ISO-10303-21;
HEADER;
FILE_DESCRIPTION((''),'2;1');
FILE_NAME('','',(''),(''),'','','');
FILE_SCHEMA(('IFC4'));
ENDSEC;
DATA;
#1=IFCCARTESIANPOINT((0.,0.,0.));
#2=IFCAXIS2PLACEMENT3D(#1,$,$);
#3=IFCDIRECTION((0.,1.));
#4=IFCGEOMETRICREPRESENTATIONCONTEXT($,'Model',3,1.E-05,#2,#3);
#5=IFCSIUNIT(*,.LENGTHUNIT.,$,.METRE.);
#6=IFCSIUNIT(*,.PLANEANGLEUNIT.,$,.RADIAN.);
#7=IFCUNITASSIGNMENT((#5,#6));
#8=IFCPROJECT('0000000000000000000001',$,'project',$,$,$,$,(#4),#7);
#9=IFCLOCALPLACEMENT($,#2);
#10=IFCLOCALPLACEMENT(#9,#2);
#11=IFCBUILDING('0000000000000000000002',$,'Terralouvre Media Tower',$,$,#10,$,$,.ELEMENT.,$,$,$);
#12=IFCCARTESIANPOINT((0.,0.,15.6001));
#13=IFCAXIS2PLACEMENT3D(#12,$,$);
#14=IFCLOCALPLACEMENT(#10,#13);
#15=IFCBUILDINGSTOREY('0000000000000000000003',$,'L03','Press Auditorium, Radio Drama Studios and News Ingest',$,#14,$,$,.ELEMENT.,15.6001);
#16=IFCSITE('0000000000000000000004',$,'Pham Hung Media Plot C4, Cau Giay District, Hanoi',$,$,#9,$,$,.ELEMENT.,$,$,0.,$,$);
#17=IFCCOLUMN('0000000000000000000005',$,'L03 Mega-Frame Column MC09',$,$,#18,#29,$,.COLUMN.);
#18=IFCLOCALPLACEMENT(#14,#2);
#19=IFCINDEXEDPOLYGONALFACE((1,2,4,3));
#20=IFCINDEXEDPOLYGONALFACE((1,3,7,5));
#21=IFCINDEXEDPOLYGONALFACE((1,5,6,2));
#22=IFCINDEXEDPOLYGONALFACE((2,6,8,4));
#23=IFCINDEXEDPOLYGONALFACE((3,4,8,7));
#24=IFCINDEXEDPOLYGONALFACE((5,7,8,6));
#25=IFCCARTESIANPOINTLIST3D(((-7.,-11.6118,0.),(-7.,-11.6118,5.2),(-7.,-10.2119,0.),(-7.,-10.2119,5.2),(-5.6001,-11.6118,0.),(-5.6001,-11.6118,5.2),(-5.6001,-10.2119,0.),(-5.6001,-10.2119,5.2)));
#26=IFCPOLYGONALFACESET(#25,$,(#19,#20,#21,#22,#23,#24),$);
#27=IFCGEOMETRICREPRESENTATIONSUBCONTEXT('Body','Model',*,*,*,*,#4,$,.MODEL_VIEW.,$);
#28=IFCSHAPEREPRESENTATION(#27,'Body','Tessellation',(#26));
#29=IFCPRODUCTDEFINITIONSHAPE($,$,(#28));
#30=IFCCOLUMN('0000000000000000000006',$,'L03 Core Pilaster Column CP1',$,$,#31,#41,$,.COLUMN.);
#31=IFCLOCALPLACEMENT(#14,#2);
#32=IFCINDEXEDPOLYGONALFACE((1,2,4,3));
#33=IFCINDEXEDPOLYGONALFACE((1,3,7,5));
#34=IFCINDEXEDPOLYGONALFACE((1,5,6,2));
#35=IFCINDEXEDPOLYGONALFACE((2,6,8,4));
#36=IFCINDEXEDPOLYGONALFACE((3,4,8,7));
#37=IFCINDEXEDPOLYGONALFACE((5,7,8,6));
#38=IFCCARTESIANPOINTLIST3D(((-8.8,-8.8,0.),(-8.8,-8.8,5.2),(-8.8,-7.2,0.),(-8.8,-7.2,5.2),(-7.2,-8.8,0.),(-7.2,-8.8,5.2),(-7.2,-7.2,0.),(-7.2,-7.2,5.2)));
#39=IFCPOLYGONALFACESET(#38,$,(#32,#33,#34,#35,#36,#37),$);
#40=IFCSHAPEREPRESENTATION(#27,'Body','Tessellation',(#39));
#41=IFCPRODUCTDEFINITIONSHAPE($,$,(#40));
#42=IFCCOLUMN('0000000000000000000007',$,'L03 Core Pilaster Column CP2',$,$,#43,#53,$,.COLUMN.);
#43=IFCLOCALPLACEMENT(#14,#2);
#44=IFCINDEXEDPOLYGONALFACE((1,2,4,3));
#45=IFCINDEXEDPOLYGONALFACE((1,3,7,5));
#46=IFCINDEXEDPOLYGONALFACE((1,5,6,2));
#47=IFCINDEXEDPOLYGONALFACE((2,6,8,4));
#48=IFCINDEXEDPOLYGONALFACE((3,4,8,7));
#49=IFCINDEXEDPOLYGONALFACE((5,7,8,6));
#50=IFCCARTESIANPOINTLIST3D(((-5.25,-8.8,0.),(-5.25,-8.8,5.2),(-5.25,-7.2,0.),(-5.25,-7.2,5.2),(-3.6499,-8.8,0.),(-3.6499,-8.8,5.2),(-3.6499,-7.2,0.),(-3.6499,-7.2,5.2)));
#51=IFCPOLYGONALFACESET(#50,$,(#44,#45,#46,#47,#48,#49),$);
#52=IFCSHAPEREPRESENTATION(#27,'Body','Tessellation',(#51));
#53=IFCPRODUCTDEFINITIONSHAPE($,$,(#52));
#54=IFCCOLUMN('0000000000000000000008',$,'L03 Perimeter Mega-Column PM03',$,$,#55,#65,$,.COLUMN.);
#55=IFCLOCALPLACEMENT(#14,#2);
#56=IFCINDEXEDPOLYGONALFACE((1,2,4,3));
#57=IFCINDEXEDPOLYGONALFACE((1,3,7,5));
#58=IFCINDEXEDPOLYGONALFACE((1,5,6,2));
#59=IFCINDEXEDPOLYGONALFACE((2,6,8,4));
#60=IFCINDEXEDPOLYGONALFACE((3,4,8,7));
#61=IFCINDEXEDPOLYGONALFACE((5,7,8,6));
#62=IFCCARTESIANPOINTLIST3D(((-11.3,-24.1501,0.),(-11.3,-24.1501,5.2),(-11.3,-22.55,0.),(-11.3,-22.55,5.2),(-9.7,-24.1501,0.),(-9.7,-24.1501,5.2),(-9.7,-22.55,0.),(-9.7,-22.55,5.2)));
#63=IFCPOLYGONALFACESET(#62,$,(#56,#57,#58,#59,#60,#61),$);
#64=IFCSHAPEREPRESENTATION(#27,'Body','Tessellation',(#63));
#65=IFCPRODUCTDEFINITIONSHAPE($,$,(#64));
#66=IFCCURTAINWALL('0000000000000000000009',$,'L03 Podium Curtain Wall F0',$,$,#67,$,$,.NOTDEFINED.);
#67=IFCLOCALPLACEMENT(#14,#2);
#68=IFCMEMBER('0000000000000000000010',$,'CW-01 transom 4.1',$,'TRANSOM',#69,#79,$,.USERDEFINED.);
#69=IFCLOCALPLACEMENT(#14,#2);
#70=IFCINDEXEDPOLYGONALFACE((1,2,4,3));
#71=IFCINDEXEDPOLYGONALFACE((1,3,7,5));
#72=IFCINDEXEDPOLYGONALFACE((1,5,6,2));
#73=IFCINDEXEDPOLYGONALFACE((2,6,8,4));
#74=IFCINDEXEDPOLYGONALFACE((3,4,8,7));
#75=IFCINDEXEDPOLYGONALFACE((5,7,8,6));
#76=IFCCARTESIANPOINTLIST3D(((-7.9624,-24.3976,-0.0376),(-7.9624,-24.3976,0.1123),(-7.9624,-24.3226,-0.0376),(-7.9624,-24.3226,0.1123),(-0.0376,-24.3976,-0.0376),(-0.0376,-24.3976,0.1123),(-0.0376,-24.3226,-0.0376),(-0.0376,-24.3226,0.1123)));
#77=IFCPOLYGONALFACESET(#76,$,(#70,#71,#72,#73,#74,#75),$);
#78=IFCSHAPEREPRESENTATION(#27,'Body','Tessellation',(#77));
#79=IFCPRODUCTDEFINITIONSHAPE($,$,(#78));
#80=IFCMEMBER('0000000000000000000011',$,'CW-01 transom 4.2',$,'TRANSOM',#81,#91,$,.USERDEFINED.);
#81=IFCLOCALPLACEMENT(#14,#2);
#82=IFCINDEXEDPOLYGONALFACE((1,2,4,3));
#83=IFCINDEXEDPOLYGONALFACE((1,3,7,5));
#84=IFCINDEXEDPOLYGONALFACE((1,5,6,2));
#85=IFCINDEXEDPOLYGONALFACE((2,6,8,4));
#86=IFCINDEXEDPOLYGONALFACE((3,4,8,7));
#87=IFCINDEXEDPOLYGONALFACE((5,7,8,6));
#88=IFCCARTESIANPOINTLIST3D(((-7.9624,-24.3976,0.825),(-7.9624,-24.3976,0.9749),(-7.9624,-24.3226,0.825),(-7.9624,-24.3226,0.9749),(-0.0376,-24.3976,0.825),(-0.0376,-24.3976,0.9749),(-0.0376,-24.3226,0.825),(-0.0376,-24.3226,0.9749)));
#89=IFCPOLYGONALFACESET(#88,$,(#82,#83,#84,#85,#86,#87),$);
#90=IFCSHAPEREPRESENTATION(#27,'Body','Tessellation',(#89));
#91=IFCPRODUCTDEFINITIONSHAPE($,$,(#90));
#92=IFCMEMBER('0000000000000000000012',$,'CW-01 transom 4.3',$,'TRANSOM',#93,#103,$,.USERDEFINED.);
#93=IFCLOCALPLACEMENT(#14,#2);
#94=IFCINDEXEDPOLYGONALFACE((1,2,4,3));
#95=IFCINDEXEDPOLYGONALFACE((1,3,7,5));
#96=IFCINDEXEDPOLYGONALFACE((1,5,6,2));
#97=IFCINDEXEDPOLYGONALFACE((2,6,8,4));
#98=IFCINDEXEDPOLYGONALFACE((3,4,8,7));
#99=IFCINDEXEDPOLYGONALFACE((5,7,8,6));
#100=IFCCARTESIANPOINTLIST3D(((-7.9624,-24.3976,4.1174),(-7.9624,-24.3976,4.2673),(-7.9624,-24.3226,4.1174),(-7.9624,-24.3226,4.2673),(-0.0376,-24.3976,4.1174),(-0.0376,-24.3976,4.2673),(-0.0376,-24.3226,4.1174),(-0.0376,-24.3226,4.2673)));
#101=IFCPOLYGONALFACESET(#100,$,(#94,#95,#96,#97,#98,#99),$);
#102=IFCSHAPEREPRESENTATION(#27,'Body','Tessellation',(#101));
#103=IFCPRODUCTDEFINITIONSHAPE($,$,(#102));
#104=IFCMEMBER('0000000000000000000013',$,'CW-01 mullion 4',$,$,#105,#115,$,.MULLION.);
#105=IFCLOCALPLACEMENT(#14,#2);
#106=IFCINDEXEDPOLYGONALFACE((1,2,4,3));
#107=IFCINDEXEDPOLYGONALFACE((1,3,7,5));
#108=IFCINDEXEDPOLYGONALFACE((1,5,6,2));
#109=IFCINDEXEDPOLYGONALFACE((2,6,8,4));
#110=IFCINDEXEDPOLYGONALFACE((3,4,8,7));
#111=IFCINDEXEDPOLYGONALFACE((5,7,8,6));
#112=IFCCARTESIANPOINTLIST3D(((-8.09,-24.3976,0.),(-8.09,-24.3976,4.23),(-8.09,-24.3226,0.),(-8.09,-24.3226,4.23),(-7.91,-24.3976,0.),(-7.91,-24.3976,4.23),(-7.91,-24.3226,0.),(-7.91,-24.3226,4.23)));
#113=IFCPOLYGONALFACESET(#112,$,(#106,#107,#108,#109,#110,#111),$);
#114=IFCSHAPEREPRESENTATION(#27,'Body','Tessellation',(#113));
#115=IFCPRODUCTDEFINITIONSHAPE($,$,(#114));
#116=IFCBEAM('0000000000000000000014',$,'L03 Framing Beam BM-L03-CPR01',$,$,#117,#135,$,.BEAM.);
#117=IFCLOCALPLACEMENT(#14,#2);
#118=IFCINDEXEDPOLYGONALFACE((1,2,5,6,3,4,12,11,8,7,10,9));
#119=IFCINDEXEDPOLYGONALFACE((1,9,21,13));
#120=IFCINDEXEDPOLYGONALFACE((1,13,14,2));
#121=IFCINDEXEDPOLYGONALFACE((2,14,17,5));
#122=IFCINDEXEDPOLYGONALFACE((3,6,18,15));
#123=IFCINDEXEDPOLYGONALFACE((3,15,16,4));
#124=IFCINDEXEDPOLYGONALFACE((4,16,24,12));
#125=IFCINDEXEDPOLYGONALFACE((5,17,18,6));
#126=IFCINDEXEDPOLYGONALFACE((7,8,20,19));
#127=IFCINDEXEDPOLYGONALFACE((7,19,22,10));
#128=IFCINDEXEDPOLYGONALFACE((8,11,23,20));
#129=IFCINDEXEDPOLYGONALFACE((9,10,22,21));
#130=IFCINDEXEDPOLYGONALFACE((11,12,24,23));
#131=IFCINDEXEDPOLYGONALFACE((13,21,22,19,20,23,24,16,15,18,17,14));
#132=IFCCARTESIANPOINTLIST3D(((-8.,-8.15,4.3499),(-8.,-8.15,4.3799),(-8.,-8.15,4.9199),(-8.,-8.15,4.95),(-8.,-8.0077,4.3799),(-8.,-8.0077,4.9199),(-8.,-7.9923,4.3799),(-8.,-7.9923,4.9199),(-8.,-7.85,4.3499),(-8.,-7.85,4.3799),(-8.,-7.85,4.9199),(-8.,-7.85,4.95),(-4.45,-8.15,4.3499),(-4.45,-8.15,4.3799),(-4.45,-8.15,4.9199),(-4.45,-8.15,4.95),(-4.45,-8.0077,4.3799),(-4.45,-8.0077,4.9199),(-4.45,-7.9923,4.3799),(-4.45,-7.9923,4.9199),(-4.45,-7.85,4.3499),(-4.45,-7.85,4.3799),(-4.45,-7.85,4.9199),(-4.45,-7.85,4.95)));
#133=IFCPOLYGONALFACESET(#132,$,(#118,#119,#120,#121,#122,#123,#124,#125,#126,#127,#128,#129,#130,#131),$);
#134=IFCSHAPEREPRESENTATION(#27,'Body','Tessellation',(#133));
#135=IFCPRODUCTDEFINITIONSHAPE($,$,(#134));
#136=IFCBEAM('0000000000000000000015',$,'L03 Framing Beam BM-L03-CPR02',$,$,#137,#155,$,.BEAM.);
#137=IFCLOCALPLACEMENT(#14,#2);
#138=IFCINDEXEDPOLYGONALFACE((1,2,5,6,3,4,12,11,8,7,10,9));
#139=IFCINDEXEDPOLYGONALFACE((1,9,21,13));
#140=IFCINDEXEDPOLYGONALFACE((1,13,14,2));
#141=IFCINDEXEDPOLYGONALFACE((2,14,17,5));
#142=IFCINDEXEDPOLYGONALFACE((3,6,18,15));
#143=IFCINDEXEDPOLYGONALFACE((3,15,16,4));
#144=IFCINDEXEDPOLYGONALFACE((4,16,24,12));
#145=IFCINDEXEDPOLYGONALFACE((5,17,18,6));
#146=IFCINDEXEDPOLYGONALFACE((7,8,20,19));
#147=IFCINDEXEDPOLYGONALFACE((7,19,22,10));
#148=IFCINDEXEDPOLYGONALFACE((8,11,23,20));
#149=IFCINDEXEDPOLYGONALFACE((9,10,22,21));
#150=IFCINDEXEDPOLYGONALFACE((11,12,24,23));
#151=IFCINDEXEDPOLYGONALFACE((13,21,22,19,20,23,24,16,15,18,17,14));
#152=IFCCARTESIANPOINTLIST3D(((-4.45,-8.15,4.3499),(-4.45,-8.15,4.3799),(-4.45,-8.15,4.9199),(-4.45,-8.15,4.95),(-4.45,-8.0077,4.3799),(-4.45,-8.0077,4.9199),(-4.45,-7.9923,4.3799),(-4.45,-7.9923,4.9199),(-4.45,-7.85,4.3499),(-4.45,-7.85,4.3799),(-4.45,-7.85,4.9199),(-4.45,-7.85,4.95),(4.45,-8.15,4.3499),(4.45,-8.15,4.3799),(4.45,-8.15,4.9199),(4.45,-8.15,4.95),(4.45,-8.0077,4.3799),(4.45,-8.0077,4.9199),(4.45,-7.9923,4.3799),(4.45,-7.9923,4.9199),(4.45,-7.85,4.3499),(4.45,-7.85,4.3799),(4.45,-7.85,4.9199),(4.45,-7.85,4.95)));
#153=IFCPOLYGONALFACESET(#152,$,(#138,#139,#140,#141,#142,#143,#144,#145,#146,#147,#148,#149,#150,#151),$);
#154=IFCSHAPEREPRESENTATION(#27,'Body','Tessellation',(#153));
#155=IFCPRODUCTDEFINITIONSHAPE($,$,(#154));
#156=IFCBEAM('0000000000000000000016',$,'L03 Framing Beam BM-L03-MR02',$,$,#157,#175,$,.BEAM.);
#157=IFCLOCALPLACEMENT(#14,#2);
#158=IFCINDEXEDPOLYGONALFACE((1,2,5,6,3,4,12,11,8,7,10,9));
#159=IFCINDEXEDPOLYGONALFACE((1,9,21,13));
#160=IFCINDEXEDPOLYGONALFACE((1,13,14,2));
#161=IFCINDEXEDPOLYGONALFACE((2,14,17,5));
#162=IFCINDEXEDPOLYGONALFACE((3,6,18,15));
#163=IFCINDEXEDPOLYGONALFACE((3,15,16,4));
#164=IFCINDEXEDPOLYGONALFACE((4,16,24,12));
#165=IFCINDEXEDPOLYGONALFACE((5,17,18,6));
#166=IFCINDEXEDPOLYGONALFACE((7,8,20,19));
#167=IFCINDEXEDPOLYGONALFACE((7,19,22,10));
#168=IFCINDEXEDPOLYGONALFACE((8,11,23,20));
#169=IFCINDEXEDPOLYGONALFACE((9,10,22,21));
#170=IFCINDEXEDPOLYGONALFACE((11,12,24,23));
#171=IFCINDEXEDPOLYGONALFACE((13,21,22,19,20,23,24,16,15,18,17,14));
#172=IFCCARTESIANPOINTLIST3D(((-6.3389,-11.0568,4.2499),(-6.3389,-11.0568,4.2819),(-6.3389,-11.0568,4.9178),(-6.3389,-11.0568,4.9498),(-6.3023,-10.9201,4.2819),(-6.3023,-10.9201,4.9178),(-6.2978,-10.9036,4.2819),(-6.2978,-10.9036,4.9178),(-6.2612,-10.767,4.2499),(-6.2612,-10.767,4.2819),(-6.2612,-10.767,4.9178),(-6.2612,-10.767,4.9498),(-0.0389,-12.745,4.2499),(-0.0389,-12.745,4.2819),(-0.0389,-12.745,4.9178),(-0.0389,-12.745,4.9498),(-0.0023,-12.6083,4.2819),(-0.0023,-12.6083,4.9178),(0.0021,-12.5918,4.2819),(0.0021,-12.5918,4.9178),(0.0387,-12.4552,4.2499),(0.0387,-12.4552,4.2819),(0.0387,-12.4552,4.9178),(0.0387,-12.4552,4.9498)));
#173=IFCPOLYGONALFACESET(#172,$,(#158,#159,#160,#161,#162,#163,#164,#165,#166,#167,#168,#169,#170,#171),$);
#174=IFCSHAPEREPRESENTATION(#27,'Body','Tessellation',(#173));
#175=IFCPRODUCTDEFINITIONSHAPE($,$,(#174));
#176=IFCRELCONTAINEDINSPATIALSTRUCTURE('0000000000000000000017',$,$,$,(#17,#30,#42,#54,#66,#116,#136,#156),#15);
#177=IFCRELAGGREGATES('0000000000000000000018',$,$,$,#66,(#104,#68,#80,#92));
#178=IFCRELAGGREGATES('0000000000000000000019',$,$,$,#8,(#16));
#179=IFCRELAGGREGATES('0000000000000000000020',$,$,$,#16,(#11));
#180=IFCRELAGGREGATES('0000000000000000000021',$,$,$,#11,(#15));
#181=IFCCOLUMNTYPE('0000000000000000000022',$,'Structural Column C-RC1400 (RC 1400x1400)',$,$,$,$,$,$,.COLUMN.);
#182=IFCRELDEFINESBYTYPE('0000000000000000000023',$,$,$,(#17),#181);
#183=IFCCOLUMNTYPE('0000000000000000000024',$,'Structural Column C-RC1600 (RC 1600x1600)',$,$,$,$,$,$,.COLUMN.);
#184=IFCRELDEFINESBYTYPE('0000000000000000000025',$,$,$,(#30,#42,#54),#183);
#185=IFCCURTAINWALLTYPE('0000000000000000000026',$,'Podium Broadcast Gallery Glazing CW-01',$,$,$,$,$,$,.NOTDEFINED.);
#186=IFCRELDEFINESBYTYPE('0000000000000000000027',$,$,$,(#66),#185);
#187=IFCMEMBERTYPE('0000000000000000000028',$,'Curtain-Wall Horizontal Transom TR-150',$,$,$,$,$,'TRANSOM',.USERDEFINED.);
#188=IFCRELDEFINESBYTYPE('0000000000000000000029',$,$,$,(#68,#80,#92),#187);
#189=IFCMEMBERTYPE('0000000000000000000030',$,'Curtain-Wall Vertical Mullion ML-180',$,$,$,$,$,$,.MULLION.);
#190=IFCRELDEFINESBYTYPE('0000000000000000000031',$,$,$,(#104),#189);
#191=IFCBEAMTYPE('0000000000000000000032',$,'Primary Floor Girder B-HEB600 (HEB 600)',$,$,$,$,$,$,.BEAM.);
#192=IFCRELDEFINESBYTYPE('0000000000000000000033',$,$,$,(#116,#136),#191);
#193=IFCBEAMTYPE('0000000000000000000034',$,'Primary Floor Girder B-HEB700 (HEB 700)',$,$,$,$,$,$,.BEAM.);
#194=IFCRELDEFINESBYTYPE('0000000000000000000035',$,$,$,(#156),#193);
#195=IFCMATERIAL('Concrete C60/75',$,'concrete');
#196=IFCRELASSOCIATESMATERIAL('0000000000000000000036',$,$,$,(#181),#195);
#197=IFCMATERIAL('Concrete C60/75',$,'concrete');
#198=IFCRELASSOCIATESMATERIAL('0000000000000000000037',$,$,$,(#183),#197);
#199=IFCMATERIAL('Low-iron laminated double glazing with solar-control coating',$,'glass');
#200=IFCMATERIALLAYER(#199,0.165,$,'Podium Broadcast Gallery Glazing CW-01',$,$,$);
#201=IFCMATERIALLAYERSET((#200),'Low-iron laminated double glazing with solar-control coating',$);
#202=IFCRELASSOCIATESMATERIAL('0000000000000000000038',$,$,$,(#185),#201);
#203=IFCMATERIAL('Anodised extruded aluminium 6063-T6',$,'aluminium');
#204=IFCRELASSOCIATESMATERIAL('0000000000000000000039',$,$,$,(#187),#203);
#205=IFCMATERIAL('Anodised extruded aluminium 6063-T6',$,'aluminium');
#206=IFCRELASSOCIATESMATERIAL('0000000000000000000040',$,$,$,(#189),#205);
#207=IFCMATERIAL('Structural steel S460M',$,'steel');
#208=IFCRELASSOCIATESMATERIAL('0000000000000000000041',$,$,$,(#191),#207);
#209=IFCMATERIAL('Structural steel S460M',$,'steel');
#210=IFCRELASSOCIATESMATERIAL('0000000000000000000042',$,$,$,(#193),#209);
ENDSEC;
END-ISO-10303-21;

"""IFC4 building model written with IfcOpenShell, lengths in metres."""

from ifc_helpers import new_model, si_unit, direction, frame, origin, origin_2d, place, context, subcontext, project, spatial, rectangle, i_section, extrude, material, layer, layer_set, material_profile, profile_set, type_object, element, aggregate, save


model = new_model("IFC4")

# Units and contexts
model_context = context("Model", 3, precision=1e-05, world=origin(), true_north=direction((0.0, 1.0)))
body_context = subcontext(model_context, "Body", "Model", "MODEL_VIEW")
ifc_project = project(units=[si_unit("LENGTHUNIT", "METRE"), si_unit("PLANEANGLEUNIT", "RADIAN")], contexts=[model_context])

# Site, building, storey
site_placement = place(None, origin())
site = spatial("IfcSite", under=ifc_project, at=site_placement, Name="Pham Hung Media Plot C4, Cau Giay District, Hanoi", CompositionType="ELEMENT", RefElevation=0.0)
building_placement = place(site_placement, origin())
building = spatial("IfcBuilding", under=site, at=building_placement, Name="Terralouvre Media Tower", CompositionType="ELEMENT")
storey_placement = place(building_placement, frame((0.0, 0.0, 15.6001)))
storey = spatial("IfcBuildingStorey", under=building, at=storey_placement, Name="L03", Description="Press Auditorium, Radio Drama Studios and News Ingest", CompositionType="ELEMENT", Elevation=15.6001)

# Columns
ifc_material_1 = material(Name="Concrete C60/75", Category="concrete")
ifc_material_profile_1 = material_profile(ifc_material_1, rectangle(XDim=1.3999, YDim=1.3999, at=origin_2d()), Name="RC 1400x1400")
ifc_profile_set_1 = profile_set([ifc_material_profile_1], Name="Concrete C60/75")
column_type_1 = type_object("IfcColumnType", Name="Structural Column C-RC1400 (RC 1400x1400)", PredefinedType="COLUMN", material=ifc_profile_set_1)
column_placement = place(storey_placement, frame((-6.3, -10.9119, 0.0), z_axis=(0.0, 0.0, 1.0), x_axis=(1.0, 0.0, 0.0)))
element("IfcColumn", 1, at=column_placement, inside=storey, type_object=column_type_1, Name="L03 Mega-Frame Column MC09", PredefinedType="COLUMN", context=body_context, shape_type="SweptSolid", body=[
    extrude(rectangle(XDim=1.3999, YDim=1.3999, at=origin_2d()), origin(), (0.0, 0.0, 1.0), 5.2),
])
ifc_material_2 = material(Name="Concrete C60/75", Category="concrete")
ifc_material_profile_2 = material_profile(ifc_material_2, rectangle(XDim=1.6001, YDim=1.6001, at=origin_2d()), Name="RC 1600x1600")
ifc_profile_set_2 = profile_set([ifc_material_profile_2], Name="Concrete C60/75")
column_type_2 = type_object("IfcColumnType", Name="Structural Column C-RC1600 (RC 1600x1600)", PredefinedType="COLUMN", material=ifc_profile_set_2)
for number, where, z_axis, x_axis, name in (
    (2, (-8.0, -8.0, 0.0), (0.0, 0.0, 1.0), (1.0, 0.0, 0.0), "L03 Core Pilaster Column CP1"),
    (3, (-4.45, -8.0, 0.0), (0.0, 0.0, 1.0), (1.0, 0.0, 0.0), "L03 Core Pilaster Column CP2"),
    (4, (-10.5, -23.3501, 0.0), (0.0, 0.0, 1.0), (1.0, 0.0, 0.0), "L03 Perimeter Mega-Column PM03"),
):
    element("IfcColumn", number, at=place(storey_placement, frame(where, z_axis=z_axis, x_axis=x_axis)), inside=storey, type_object=column_type_2, Name=name, PredefinedType="COLUMN", context=body_context, shape_type="SweptSolid", body=[
        extrude(rectangle(XDim=1.6001, YDim=1.6001, at=origin_2d()), origin(), (0.0, 0.0, 1.0), 5.2),
    ])

# Curtain wall, members
ifc_material_3 = material(Name="Low-iron laminated double glazing with solar-control coating", Category="glass")
ifc_layer_1 = layer(ifc_material_3, 0.165, Name="Podium Broadcast Gallery Glazing CW-01")
ifc_layer_set_1 = layer_set([ifc_layer_1], Name="Low-iron laminated double glazing with solar-control coating")
curtain_wall_type = type_object("IfcCurtainWallType", Name="Podium Broadcast Gallery Glazing CW-01", PredefinedType="NOTDEFINED", material=ifc_layer_set_1)
curtain_wall_placement = place(storey_placement, origin())
curtain_wall = element("IfcCurtainWall", 5, at=curtain_wall_placement, inside=storey, type_object=curtain_wall_type, Name="L03 Podium Curtain Wall F0", PredefinedType="NOTDEFINED")
ifc_material_4 = material(Name="Anodised extruded aluminium 6063-T6", Category="aluminium")
ifc_material_profile_3 = material_profile(ifc_material_4, rectangle(XDim=0.075, YDim=0.1499, at=origin_2d()), Name="ALU 75x150")
ifc_profile_set_3 = profile_set([ifc_material_profile_3], Name="Anodised extruded aluminium 6063-T6")
member_type_1 = type_object("IfcMemberType", Name="Curtain-Wall Horizontal Transom TR-150", ElementType="TRANSOM", PredefinedType="USERDEFINED", material=ifc_profile_set_3)
member_1_placement = place(storey_placement, frame((-7.9624, -24.3601, 0.0374), z_axis=(1.0, 0.0, 0.0), x_axis=(0.0, 1.0, 0.0)))
member_1 = element("IfcMember", 6, at=member_1_placement, type_object=member_type_1, Name="CW-01 transom 4.1", ObjectType="TRANSOM", PredefinedType="USERDEFINED", context=body_context, shape_type="SweptSolid", body=[
    extrude(rectangle(XDim=0.075, YDim=0.1499, at=origin_2d()), origin(), (0.0, 0.0, 1.0), 7.9248),
])
member_2_placement = place(storey_placement, frame((-7.9624, -24.3601, 0.8999), z_axis=(1.0, 0.0, 0.0), x_axis=(0.0, 1.0, 0.0)))
member_2 = element("IfcMember", 7, at=member_2_placement, type_object=member_type_1, Name="CW-01 transom 4.2", ObjectType="TRANSOM", PredefinedType="USERDEFINED", context=body_context, shape_type="SweptSolid", body=[
    extrude(rectangle(XDim=0.075, YDim=0.1499, at=origin_2d()), origin(), (0.0, 0.0, 1.0), 7.9248),
])
member_3_placement = place(storey_placement, frame((-7.9624, -24.3601, 4.1924), z_axis=(1.0, 0.0, 0.0), x_axis=(0.0, 1.0, 0.0)))
member_3 = element("IfcMember", 8, at=member_3_placement, type_object=member_type_1, Name="CW-01 transom 4.3", ObjectType="TRANSOM", PredefinedType="USERDEFINED", context=body_context, shape_type="SweptSolid", body=[
    extrude(rectangle(XDim=0.075, YDim=0.1499, at=origin_2d()), origin(), (0.0, 0.0, 1.0), 7.9248),
])
ifc_material_5 = material(Name="Anodised extruded aluminium 6063-T6", Category="aluminium")
ifc_material_profile_4 = material_profile(ifc_material_5, rectangle(XDim=0.075, YDim=0.1799, at=origin_2d()), Name="ALU 75x180")
ifc_profile_set_4 = profile_set([ifc_material_profile_4], Name="Anodised extruded aluminium 6063-T6")
member_type_2 = type_object("IfcMemberType", Name="Curtain-Wall Vertical Mullion ML-180", PredefinedType="MULLION", material=ifc_profile_set_4)
member_4_placement = place(storey_placement, frame((-8.0, -24.3601, 0.0), z_axis=(0.0, 0.0, 1.0), x_axis=(0.0, 1.0, 0.0)))
member_4 = element("IfcMember", 9, at=member_4_placement, type_object=member_type_2, Name="CW-01 mullion 4", PredefinedType="MULLION", context=body_context, shape_type="SweptSolid", body=[
    extrude(rectangle(XDim=0.075, YDim=0.1799, at=origin_2d()), origin(), (0.0, 0.0, 1.0), 4.23),
])

# Beams
ifc_material_6 = material(Name="Structural steel S460M", Category="steel")
ifc_material_profile_5 = material_profile(ifc_material_6, i_section(OverallWidth=0.3, OverallDepth=0.6001, WebThickness=0.0154, FlangeThickness=0.03, at=origin_2d()), Name="HEB 600")
ifc_profile_set_5 = profile_set([ifc_material_profile_5], Name="Structural steel S460M")
beam_type_1 = type_object("IfcBeamType", Name="Primary Floor Girder B-HEB600 (HEB 600)", PredefinedType="BEAM", material=ifc_profile_set_5)
beam_1_placement = place(storey_placement, frame((-8.0, -8.0, 4.6499), z_axis=(1.0, 0.0, 0.0), x_axis=(0.0, 1.0, 0.0)))
element("IfcBeam", 10, at=beam_1_placement, inside=storey, type_object=beam_type_1, Name="L03 Framing Beam BM-L03-CPR01", PredefinedType="BEAM", context=body_context, shape_type="SweptSolid", body=[
    extrude(i_section(OverallWidth=0.3, OverallDepth=0.6001, WebThickness=0.0154, FlangeThickness=0.03, at=origin_2d()), origin(), (0.0, 0.0, 1.0), 3.55),
])
beam_2_placement = place(storey_placement, frame((-4.45, -8.0, 4.6499), z_axis=(1.0, 0.0, 0.0), x_axis=(0.0, 1.0, 0.0)))
element("IfcBeam", 11, at=beam_2_placement, inside=storey, type_object=beam_type_1, Name="L03 Framing Beam BM-L03-CPR02", PredefinedType="BEAM", context=body_context, shape_type="SweptSolid", body=[
    extrude(i_section(OverallWidth=0.3, OverallDepth=0.6001, WebThickness=0.0154, FlangeThickness=0.03, at=origin_2d()), origin(), (0.0, 0.0, 1.0), 8.8999),
])
ifc_material_7 = material(Name="Structural steel S460M", Category="steel")
ifc_material_profile_6 = material_profile(ifc_material_7, i_section(OverallWidth=0.3, OverallDepth=0.7, WebThickness=0.0171, FlangeThickness=0.032, at=origin_2d()), Name="HEB 700")
ifc_profile_set_6 = profile_set([ifc_material_profile_6], Name="Structural steel S460M")
beam_type_2 = type_object("IfcBeamType", Name="Primary Floor Girder B-HEB700 (HEB 700)", PredefinedType="BEAM", material=ifc_profile_set_6)
beam_3_placement = place(storey_placement, frame((-6.3, -10.9119, 4.5999), z_axis=(0.96592, -0.258839, 0.0), x_axis=(0.258839, 0.96592, 0.0)))
element("IfcBeam", 12, at=beam_3_placement, inside=storey, type_object=beam_type_2, Name="L03 Framing Beam BM-L03-MR02", PredefinedType="BEAM", context=body_context, shape_type="SweptSolid", body=[
    extrude(i_section(OverallWidth=0.3, OverallDepth=0.7, WebThickness=0.0171, FlangeThickness=0.032, at=origin_2d()), origin(), (0.0, 0.0, 1.0), 6.5222),
])

aggregate(curtain_wall, [member_4, member_1, member_2, member_3])

save(model, "model.ifc")
